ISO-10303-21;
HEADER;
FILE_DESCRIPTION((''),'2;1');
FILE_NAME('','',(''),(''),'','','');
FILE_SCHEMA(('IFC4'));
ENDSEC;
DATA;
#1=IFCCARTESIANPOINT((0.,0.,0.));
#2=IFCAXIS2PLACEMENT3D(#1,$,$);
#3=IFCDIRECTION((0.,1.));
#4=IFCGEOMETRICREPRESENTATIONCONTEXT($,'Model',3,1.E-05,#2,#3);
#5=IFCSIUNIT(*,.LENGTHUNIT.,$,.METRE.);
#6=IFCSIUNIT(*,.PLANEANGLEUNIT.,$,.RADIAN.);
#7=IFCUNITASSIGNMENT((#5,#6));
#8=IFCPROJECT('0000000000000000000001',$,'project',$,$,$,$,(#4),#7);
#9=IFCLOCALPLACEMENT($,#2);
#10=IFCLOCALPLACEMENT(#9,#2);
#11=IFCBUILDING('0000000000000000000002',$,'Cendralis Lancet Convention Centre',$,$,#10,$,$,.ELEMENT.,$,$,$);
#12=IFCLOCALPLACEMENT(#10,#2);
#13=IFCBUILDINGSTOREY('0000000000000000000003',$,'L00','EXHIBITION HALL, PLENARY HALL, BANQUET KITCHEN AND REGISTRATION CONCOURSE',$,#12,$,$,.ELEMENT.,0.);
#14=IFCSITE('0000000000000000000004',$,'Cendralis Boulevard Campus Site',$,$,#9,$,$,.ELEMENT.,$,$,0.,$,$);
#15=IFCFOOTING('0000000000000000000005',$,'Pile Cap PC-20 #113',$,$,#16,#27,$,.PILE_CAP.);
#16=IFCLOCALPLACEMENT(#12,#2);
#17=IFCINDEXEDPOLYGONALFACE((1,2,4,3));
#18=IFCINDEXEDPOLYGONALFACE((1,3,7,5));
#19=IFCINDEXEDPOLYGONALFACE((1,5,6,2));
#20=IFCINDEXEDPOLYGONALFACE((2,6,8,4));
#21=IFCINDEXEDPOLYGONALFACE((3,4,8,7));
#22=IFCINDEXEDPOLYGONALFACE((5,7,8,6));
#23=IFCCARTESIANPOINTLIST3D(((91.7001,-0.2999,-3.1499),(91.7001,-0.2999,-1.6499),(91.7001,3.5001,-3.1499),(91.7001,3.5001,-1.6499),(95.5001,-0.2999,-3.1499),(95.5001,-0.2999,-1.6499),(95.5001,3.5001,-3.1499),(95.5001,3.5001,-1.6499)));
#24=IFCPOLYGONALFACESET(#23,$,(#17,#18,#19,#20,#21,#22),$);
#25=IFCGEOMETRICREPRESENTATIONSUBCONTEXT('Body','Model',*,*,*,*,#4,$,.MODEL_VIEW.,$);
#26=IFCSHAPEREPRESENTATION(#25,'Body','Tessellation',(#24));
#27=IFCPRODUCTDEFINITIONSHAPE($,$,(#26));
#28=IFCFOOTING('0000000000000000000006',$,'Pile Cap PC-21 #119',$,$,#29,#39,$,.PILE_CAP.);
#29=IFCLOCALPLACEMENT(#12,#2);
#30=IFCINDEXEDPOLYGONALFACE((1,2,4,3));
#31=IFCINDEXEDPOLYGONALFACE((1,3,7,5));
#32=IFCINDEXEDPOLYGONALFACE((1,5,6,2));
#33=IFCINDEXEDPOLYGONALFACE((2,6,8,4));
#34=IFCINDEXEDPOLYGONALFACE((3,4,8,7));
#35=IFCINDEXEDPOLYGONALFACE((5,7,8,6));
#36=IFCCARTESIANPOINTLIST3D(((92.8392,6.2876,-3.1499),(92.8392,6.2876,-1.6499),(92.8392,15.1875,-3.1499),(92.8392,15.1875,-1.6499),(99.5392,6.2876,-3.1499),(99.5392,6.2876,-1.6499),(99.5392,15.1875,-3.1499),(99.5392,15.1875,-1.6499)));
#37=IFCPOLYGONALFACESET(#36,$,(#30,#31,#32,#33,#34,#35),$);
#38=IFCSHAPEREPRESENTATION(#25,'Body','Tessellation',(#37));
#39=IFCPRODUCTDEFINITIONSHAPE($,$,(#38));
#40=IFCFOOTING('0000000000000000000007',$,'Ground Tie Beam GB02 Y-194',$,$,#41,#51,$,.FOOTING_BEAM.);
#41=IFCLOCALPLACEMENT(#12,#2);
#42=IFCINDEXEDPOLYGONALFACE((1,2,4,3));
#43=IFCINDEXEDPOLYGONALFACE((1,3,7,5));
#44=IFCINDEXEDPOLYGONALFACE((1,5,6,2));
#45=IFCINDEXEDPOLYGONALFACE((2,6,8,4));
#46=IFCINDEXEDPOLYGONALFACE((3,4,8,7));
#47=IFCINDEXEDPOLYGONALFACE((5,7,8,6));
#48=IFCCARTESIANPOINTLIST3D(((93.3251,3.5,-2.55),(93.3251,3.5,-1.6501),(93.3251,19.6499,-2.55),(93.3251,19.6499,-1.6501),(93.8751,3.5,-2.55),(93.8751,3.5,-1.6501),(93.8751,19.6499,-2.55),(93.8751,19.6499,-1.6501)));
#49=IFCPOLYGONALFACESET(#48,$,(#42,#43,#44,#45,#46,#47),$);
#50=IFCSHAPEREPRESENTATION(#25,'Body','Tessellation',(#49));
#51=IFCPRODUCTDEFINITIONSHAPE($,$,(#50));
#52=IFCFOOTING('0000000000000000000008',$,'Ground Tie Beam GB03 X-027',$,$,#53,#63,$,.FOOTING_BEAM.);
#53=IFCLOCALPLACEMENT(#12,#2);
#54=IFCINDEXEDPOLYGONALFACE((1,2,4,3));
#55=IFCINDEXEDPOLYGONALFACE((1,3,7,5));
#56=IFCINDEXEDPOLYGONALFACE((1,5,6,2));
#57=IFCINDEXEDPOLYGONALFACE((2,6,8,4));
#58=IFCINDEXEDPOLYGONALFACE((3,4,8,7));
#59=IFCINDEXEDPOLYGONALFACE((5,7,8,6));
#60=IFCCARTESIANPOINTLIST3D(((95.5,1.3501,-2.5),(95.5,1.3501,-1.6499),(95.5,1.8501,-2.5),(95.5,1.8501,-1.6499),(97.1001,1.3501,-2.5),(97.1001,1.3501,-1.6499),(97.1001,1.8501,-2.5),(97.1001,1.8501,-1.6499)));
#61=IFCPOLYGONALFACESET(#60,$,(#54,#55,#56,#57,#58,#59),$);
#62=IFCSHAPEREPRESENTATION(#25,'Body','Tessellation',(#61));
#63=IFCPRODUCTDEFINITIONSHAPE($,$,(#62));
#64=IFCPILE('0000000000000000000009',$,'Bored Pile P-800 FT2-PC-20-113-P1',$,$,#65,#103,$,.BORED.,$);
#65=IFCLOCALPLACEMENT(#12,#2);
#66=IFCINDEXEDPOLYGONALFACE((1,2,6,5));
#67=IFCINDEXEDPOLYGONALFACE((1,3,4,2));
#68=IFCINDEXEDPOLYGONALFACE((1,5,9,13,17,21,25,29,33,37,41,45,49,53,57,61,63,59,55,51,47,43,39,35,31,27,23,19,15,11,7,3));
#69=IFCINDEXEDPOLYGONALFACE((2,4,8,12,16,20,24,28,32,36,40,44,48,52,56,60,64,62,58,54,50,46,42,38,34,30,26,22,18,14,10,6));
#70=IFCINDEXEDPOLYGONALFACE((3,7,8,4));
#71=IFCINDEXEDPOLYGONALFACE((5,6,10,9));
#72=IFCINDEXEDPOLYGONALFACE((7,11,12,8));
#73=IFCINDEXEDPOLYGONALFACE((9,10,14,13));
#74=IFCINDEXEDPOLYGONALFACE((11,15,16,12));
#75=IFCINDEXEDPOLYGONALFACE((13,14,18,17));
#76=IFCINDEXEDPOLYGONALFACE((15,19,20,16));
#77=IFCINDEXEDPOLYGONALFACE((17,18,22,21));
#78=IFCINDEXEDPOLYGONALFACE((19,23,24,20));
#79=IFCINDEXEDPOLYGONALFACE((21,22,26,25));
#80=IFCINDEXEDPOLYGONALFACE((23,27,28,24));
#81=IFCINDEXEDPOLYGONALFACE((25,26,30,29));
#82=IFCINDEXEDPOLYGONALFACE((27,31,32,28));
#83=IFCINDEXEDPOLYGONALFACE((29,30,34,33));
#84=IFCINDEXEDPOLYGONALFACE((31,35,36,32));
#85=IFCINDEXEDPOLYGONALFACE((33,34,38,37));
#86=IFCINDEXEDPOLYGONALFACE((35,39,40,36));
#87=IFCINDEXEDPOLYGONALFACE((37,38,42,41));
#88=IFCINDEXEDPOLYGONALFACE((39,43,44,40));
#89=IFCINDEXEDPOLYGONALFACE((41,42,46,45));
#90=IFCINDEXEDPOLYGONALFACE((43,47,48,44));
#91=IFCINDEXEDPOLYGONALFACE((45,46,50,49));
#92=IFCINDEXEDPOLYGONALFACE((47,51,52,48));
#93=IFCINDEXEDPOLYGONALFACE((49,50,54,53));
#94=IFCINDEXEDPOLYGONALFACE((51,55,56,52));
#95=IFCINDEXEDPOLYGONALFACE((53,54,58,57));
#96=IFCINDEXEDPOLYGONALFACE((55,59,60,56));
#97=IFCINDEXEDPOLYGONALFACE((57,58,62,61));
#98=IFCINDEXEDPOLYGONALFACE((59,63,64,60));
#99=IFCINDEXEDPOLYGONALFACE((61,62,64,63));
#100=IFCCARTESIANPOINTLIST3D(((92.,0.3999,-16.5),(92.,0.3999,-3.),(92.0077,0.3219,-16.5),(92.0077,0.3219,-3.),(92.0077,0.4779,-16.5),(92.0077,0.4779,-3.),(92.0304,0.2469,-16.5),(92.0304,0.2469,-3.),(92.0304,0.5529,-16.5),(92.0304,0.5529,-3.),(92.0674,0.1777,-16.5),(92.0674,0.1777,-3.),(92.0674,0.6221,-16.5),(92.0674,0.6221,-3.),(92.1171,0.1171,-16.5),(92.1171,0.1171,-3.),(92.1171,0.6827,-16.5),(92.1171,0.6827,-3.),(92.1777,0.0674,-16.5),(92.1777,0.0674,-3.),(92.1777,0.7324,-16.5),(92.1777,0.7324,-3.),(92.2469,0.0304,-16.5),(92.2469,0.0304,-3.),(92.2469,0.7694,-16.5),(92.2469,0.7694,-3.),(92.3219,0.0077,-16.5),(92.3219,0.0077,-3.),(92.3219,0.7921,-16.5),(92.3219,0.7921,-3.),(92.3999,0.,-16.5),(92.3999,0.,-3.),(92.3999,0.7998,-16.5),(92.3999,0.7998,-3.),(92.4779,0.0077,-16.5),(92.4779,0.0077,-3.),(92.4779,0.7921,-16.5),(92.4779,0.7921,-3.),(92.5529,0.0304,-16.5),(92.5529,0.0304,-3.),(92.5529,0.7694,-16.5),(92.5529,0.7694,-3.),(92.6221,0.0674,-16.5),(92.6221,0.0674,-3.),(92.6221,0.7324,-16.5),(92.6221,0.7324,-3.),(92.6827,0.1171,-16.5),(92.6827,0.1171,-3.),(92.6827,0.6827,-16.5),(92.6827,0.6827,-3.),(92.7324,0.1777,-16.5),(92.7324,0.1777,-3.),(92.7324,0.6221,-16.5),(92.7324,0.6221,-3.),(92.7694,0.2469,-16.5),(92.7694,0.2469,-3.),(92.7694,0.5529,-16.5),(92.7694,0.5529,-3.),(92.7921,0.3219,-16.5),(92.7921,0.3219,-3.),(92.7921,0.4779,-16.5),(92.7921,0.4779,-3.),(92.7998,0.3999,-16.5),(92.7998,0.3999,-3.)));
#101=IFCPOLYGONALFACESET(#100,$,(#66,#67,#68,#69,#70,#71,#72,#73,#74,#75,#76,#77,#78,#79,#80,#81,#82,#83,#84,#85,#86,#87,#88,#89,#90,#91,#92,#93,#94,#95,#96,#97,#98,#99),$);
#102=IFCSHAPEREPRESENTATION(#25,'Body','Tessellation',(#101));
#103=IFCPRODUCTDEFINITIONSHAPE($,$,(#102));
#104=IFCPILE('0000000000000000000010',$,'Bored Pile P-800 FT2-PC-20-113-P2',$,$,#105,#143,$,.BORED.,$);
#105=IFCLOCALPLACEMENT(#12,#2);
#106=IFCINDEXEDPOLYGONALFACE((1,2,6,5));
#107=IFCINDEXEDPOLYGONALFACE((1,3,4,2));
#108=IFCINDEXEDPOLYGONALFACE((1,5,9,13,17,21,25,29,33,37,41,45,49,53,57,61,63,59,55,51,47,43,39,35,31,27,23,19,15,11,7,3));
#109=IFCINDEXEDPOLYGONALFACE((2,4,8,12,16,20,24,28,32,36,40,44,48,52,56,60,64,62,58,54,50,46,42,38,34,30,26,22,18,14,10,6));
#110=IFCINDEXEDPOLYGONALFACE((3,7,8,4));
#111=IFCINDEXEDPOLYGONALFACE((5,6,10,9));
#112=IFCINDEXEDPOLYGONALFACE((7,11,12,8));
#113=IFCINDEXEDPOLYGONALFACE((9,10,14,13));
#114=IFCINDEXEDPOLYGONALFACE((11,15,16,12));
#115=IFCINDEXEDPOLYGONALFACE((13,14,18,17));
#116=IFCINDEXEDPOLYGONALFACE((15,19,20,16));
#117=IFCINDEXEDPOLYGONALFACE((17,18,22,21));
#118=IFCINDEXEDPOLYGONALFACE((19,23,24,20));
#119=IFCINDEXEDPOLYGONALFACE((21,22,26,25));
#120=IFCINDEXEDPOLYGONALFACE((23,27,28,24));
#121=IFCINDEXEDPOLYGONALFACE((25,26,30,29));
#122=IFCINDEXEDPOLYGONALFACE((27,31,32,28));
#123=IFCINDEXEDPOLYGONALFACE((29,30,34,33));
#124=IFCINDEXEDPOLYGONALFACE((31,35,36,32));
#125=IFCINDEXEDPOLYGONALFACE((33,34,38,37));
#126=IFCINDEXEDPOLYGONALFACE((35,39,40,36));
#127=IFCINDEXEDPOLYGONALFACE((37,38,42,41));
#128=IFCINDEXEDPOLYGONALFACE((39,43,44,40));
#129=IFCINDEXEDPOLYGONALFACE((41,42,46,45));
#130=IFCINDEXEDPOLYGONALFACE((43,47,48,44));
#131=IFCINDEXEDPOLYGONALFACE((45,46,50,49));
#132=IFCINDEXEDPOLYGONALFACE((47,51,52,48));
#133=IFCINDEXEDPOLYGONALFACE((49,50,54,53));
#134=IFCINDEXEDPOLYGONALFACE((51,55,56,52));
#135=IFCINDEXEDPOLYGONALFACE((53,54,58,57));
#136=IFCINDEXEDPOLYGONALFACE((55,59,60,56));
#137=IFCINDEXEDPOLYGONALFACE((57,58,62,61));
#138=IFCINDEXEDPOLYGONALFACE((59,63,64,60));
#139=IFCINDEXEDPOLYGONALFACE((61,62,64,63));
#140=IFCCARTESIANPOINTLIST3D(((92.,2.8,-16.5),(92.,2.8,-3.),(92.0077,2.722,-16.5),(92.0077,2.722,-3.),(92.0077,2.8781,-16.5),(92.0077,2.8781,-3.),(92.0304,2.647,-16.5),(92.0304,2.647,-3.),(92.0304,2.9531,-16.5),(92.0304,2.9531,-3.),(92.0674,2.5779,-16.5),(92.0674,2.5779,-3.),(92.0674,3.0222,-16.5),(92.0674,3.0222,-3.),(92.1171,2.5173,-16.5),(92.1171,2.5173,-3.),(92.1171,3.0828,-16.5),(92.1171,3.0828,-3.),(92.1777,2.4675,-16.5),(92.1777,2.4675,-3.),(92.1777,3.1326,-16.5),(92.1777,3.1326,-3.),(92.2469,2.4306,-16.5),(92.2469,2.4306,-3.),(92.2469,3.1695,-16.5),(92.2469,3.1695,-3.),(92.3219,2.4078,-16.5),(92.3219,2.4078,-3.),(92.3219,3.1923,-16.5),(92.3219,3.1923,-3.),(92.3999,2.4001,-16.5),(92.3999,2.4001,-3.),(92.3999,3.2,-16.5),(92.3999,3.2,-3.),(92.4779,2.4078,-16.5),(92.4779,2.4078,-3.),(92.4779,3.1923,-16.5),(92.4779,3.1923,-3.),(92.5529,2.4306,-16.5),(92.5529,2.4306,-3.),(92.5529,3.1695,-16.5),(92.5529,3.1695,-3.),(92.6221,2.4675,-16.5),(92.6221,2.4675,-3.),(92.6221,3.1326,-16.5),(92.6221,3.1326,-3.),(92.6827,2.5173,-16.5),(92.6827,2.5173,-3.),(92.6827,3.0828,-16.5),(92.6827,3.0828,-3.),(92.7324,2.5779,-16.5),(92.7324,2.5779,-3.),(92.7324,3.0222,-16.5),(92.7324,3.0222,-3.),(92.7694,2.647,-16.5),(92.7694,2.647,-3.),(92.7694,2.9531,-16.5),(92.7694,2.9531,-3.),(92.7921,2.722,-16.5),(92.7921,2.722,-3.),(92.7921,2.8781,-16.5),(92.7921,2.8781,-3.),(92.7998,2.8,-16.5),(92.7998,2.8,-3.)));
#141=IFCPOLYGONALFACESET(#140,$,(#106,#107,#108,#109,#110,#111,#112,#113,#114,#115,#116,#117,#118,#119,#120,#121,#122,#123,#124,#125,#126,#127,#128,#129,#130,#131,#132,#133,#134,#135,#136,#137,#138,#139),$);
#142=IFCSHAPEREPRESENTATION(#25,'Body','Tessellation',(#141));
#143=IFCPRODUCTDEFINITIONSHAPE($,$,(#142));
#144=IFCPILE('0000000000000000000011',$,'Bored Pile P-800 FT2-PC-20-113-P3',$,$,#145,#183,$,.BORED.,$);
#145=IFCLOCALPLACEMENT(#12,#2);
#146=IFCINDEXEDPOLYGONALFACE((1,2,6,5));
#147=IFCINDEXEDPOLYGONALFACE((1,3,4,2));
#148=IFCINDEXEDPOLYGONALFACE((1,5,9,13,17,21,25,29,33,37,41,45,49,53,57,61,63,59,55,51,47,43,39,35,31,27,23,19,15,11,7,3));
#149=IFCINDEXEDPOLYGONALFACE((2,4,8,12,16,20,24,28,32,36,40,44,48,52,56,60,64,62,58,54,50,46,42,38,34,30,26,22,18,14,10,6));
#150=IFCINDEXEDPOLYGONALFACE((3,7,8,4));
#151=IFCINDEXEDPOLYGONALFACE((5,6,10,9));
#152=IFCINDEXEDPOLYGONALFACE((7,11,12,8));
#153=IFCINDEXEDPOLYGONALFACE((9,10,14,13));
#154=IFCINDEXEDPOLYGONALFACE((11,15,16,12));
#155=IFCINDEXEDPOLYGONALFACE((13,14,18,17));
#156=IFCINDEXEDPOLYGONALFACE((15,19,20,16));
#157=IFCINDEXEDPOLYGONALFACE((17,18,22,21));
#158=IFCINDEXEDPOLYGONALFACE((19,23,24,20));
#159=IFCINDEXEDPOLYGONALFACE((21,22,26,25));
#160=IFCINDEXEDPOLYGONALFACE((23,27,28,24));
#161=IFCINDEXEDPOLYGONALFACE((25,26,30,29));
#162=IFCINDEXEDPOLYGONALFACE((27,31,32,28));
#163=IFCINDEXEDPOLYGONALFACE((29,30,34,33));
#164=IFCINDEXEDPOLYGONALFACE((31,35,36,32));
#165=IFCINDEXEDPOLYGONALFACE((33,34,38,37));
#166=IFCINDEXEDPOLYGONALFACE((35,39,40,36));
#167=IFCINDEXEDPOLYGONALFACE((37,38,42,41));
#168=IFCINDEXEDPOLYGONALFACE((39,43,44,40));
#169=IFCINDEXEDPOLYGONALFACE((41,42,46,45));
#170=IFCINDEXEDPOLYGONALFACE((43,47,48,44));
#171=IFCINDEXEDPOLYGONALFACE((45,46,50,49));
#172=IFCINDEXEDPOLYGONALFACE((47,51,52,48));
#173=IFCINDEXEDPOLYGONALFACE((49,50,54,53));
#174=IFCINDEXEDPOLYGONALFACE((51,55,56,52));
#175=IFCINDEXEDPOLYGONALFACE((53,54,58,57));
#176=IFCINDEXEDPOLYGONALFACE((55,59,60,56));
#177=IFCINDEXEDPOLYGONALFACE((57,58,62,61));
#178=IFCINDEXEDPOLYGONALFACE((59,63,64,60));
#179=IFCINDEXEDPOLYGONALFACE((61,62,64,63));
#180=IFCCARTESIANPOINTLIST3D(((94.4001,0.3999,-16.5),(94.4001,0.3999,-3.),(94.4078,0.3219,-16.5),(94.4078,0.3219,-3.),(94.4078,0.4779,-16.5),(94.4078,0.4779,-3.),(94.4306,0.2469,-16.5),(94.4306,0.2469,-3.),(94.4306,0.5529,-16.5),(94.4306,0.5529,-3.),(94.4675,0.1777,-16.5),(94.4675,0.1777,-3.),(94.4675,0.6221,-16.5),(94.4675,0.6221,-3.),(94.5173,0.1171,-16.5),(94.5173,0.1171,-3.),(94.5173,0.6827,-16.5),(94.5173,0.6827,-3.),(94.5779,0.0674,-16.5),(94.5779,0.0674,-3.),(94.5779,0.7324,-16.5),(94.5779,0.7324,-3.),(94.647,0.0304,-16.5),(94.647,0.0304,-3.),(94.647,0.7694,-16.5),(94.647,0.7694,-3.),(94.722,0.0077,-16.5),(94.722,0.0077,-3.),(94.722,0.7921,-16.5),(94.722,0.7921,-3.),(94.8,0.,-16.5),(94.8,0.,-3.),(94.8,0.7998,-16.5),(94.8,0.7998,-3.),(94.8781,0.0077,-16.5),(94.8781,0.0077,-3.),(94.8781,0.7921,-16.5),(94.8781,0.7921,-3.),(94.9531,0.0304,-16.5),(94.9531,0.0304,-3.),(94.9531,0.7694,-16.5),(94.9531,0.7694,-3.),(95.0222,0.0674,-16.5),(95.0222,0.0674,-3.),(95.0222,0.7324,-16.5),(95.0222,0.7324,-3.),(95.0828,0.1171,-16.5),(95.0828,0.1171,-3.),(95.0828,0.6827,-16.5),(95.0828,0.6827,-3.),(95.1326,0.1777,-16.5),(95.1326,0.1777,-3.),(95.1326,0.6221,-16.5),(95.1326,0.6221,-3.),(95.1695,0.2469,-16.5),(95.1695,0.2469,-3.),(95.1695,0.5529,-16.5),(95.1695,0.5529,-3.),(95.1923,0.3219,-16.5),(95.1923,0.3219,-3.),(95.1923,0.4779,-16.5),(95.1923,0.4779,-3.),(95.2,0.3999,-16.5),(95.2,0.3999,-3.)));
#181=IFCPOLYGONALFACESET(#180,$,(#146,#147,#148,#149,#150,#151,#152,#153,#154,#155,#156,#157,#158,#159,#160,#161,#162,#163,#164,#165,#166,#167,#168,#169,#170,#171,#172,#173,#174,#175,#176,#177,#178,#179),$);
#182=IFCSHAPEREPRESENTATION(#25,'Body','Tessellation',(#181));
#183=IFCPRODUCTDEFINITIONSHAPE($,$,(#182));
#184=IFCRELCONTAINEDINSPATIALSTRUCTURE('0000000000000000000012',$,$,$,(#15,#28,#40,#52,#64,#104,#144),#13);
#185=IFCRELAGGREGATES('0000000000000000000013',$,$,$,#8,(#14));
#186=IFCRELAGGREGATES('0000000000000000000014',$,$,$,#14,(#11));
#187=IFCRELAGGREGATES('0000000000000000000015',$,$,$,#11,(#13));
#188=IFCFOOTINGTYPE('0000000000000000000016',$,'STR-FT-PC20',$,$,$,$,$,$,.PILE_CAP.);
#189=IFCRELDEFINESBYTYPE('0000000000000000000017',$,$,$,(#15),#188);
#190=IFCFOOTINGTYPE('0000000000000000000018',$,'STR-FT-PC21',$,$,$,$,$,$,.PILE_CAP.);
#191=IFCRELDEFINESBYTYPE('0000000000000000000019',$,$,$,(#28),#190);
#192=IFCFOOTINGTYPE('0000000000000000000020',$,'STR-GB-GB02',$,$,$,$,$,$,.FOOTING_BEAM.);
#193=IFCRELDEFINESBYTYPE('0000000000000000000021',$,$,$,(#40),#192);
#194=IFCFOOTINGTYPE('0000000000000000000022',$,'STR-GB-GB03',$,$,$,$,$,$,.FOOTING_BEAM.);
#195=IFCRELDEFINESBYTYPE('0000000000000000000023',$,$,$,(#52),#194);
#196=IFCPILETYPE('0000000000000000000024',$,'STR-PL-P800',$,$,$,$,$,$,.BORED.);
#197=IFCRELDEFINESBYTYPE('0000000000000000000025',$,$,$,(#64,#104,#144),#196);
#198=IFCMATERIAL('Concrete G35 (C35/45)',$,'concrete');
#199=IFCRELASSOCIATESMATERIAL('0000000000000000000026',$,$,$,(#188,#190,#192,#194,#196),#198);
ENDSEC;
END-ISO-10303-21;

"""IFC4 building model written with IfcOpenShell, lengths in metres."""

from ifc_helpers import new_model, si_unit, direction, frame, origin, origin_2d, place, context, subcontext, project, spatial, rectangle, circle, extrude, material, material_profile, profile_set, type_object, element, save


model = new_model("IFC4")

# Units and contexts
model_context = context("Model", 3, precision=1e-05, world=origin(), true_north=direction((0.0, 1.0)))
body_context = subcontext(model_context, "Body", "Model", "MODEL_VIEW")
ifc_project = project(units=[si_unit("LENGTHUNIT", "METRE"), si_unit("PLANEANGLEUNIT", "RADIAN")], contexts=[model_context])

# Site, building, storey
site_placement = place(None, origin())
site = spatial("IfcSite", under=ifc_project, at=site_placement, Name="Cendralis Boulevard Campus Site", CompositionType="ELEMENT", RefElevation=0.0)
building_placement = place(site_placement, origin())
building = spatial("IfcBuilding", under=site, at=building_placement, Name="Cendralis Lancet Convention Centre", CompositionType="ELEMENT")
storey_placement = place(building_placement, origin())
storey = spatial("IfcBuildingStorey", under=building, at=storey_placement, Name="L00", Description="EXHIBITION HALL, PLENARY HALL, BANQUET KITCHEN AND REGISTRATION CONCOURSE", CompositionType="ELEMENT", Elevation=0.0)

# Footings
ifc_material_1 = material(Name="Concrete G35 (C35/45)", Category="concrete")
footing_type_1 = type_object("IfcFootingType", Name="STR-FT-PC20", PredefinedType="PILE_CAP", material=ifc_material_1)
footing_1_placement = place(storey_placement, frame((93.6001, 1.6001, -3.1499), z_axis=(0.0, 0.0, 1.0), x_axis=(1.0, 0.0, 0.0)))
element("IfcFooting", 1, at=footing_1_placement, inside=storey, type_object=footing_type_1, Name="Pile Cap PC-20 #113", PredefinedType="PILE_CAP", context=body_context, shape_type="SweptSolid", body=[
    extrude(rectangle(XDim=3.8, YDim=3.8, at=origin_2d()), origin(), (0.0, 0.0, 1.0), 1.5),
])
footing_type_2 = type_object("IfcFootingType", Name="STR-FT-PC21", PredefinedType="PILE_CAP", material=ifc_material_1)
footing_2_placement = place(storey_placement, frame((96.1892, 10.7375, -3.1499), z_axis=(0.0, 0.0, 1.0), x_axis=(1.0, 0.0, 0.0)))
element("IfcFooting", 2, at=footing_2_placement, inside=storey, type_object=footing_type_2, Name="Pile Cap PC-21 #119", PredefinedType="PILE_CAP", context=body_context, shape_type="SweptSolid", body=[
    extrude(rectangle(XDim=6.7, YDim=8.8999, at=origin_2d()), origin(), (0.0, 0.0, 1.0), 1.5),
])
ifc_material_profile_1 = material_profile(ifc_material_1, rectangle(XDim=0.55, YDim=0.8999, at=origin_2d()), Name="RCB 550x900")
ifc_profile_set_1 = profile_set([ifc_material_profile_1], Name="Concrete G35 (C35/45)")
footing_type_3 = type_object("IfcFootingType", Name="STR-GB-GB02", PredefinedType="FOOTING_BEAM", material=ifc_profile_set_1)
footing_3_placement = place(storey_placement, frame((93.6001, 3.5, -2.1001), z_axis=(0.0, 1.0, 0.0), x_axis=(-1.0, 0.0, 0.0)))
element("IfcFooting", 3, at=footing_3_placement, inside=storey, type_object=footing_type_3, Name="Ground Tie Beam GB02 Y-194", PredefinedType="FOOTING_BEAM", context=body_context, shape_type="SweptSolid", body=[
    extrude(rectangle(XDim=0.55, YDim=0.8999, at=origin_2d()), origin(), (0.0, 0.0, 1.0), 16.1499),
])
ifc_material_profile_2 = material_profile(ifc_material_1, rectangle(XDim=0.5, YDim=0.8501, at=origin_2d()), Name="RCB 500x850")
ifc_profile_set_2 = profile_set([ifc_material_profile_2], Name="Concrete G35 (C35/45)")
footing_type_4 = type_object("IfcFootingType", Name="STR-GB-GB03", PredefinedType="FOOTING_BEAM", material=ifc_profile_set_2)
footing_4_placement = place(storey_placement, frame((95.5, 1.6001, -2.075), z_axis=(1.0, 0.0, 0.0), x_axis=(0.0, 1.0, 0.0)))
element("IfcFooting", 4, at=footing_4_placement, inside=storey, type_object=footing_type_4, Name="Ground Tie Beam GB03 X-027", PredefinedType="FOOTING_BEAM", context=body_context, shape_type="SweptSolid", body=[
    extrude(rectangle(XDim=0.5, YDim=0.8501, at=origin_2d()), origin(), (0.0, 0.0, 1.0), 1.6001),
])

# Piles
ifc_material_profile_3 = material_profile(ifc_material_1, circle(Radius=0.3999, at=origin_2d()), Name="BORED PILE D800")
ifc_profile_set_3 = profile_set([ifc_material_profile_3], Name="Concrete G35 (C35/45)")
pile_type_1 = type_object("IfcPileType", Name="STR-PL-P800", PredefinedType="BORED", material=ifc_profile_set_3)
for number, where, z_axis, x_axis, name in (
    (5, (92.3999, 0.3999, -3.0), (0.0, 0.0, -1.0), (1.0, 0.0, 0.0), "Bored Pile P-800 FT2-PC-20-113-P1"),
    (6, (92.3999, 2.8, -3.0), (0.0, 0.0, -1.0), (1.0, 0.0, 0.0), "Bored Pile P-800 FT2-PC-20-113-P2"),
    (7, (94.8, 0.3999, -3.0), (0.0, 0.0, -1.0), (1.0, 0.0, 0.0), "Bored Pile P-800 FT2-PC-20-113-P3"),
):
    element("IfcPile", number, at=place(storey_placement, frame(where, z_axis=z_axis, x_axis=x_axis)), inside=storey, type_object=pile_type_1, Name=name, PredefinedType="BORED", context=body_context, shape_type="SweptSolid", body=[
        extrude(circle(Radius=0.3999, at=origin_2d()), origin(), (0.0, 0.0, 1.0), 13.5),
    ])

save(model, "model.ifc")
